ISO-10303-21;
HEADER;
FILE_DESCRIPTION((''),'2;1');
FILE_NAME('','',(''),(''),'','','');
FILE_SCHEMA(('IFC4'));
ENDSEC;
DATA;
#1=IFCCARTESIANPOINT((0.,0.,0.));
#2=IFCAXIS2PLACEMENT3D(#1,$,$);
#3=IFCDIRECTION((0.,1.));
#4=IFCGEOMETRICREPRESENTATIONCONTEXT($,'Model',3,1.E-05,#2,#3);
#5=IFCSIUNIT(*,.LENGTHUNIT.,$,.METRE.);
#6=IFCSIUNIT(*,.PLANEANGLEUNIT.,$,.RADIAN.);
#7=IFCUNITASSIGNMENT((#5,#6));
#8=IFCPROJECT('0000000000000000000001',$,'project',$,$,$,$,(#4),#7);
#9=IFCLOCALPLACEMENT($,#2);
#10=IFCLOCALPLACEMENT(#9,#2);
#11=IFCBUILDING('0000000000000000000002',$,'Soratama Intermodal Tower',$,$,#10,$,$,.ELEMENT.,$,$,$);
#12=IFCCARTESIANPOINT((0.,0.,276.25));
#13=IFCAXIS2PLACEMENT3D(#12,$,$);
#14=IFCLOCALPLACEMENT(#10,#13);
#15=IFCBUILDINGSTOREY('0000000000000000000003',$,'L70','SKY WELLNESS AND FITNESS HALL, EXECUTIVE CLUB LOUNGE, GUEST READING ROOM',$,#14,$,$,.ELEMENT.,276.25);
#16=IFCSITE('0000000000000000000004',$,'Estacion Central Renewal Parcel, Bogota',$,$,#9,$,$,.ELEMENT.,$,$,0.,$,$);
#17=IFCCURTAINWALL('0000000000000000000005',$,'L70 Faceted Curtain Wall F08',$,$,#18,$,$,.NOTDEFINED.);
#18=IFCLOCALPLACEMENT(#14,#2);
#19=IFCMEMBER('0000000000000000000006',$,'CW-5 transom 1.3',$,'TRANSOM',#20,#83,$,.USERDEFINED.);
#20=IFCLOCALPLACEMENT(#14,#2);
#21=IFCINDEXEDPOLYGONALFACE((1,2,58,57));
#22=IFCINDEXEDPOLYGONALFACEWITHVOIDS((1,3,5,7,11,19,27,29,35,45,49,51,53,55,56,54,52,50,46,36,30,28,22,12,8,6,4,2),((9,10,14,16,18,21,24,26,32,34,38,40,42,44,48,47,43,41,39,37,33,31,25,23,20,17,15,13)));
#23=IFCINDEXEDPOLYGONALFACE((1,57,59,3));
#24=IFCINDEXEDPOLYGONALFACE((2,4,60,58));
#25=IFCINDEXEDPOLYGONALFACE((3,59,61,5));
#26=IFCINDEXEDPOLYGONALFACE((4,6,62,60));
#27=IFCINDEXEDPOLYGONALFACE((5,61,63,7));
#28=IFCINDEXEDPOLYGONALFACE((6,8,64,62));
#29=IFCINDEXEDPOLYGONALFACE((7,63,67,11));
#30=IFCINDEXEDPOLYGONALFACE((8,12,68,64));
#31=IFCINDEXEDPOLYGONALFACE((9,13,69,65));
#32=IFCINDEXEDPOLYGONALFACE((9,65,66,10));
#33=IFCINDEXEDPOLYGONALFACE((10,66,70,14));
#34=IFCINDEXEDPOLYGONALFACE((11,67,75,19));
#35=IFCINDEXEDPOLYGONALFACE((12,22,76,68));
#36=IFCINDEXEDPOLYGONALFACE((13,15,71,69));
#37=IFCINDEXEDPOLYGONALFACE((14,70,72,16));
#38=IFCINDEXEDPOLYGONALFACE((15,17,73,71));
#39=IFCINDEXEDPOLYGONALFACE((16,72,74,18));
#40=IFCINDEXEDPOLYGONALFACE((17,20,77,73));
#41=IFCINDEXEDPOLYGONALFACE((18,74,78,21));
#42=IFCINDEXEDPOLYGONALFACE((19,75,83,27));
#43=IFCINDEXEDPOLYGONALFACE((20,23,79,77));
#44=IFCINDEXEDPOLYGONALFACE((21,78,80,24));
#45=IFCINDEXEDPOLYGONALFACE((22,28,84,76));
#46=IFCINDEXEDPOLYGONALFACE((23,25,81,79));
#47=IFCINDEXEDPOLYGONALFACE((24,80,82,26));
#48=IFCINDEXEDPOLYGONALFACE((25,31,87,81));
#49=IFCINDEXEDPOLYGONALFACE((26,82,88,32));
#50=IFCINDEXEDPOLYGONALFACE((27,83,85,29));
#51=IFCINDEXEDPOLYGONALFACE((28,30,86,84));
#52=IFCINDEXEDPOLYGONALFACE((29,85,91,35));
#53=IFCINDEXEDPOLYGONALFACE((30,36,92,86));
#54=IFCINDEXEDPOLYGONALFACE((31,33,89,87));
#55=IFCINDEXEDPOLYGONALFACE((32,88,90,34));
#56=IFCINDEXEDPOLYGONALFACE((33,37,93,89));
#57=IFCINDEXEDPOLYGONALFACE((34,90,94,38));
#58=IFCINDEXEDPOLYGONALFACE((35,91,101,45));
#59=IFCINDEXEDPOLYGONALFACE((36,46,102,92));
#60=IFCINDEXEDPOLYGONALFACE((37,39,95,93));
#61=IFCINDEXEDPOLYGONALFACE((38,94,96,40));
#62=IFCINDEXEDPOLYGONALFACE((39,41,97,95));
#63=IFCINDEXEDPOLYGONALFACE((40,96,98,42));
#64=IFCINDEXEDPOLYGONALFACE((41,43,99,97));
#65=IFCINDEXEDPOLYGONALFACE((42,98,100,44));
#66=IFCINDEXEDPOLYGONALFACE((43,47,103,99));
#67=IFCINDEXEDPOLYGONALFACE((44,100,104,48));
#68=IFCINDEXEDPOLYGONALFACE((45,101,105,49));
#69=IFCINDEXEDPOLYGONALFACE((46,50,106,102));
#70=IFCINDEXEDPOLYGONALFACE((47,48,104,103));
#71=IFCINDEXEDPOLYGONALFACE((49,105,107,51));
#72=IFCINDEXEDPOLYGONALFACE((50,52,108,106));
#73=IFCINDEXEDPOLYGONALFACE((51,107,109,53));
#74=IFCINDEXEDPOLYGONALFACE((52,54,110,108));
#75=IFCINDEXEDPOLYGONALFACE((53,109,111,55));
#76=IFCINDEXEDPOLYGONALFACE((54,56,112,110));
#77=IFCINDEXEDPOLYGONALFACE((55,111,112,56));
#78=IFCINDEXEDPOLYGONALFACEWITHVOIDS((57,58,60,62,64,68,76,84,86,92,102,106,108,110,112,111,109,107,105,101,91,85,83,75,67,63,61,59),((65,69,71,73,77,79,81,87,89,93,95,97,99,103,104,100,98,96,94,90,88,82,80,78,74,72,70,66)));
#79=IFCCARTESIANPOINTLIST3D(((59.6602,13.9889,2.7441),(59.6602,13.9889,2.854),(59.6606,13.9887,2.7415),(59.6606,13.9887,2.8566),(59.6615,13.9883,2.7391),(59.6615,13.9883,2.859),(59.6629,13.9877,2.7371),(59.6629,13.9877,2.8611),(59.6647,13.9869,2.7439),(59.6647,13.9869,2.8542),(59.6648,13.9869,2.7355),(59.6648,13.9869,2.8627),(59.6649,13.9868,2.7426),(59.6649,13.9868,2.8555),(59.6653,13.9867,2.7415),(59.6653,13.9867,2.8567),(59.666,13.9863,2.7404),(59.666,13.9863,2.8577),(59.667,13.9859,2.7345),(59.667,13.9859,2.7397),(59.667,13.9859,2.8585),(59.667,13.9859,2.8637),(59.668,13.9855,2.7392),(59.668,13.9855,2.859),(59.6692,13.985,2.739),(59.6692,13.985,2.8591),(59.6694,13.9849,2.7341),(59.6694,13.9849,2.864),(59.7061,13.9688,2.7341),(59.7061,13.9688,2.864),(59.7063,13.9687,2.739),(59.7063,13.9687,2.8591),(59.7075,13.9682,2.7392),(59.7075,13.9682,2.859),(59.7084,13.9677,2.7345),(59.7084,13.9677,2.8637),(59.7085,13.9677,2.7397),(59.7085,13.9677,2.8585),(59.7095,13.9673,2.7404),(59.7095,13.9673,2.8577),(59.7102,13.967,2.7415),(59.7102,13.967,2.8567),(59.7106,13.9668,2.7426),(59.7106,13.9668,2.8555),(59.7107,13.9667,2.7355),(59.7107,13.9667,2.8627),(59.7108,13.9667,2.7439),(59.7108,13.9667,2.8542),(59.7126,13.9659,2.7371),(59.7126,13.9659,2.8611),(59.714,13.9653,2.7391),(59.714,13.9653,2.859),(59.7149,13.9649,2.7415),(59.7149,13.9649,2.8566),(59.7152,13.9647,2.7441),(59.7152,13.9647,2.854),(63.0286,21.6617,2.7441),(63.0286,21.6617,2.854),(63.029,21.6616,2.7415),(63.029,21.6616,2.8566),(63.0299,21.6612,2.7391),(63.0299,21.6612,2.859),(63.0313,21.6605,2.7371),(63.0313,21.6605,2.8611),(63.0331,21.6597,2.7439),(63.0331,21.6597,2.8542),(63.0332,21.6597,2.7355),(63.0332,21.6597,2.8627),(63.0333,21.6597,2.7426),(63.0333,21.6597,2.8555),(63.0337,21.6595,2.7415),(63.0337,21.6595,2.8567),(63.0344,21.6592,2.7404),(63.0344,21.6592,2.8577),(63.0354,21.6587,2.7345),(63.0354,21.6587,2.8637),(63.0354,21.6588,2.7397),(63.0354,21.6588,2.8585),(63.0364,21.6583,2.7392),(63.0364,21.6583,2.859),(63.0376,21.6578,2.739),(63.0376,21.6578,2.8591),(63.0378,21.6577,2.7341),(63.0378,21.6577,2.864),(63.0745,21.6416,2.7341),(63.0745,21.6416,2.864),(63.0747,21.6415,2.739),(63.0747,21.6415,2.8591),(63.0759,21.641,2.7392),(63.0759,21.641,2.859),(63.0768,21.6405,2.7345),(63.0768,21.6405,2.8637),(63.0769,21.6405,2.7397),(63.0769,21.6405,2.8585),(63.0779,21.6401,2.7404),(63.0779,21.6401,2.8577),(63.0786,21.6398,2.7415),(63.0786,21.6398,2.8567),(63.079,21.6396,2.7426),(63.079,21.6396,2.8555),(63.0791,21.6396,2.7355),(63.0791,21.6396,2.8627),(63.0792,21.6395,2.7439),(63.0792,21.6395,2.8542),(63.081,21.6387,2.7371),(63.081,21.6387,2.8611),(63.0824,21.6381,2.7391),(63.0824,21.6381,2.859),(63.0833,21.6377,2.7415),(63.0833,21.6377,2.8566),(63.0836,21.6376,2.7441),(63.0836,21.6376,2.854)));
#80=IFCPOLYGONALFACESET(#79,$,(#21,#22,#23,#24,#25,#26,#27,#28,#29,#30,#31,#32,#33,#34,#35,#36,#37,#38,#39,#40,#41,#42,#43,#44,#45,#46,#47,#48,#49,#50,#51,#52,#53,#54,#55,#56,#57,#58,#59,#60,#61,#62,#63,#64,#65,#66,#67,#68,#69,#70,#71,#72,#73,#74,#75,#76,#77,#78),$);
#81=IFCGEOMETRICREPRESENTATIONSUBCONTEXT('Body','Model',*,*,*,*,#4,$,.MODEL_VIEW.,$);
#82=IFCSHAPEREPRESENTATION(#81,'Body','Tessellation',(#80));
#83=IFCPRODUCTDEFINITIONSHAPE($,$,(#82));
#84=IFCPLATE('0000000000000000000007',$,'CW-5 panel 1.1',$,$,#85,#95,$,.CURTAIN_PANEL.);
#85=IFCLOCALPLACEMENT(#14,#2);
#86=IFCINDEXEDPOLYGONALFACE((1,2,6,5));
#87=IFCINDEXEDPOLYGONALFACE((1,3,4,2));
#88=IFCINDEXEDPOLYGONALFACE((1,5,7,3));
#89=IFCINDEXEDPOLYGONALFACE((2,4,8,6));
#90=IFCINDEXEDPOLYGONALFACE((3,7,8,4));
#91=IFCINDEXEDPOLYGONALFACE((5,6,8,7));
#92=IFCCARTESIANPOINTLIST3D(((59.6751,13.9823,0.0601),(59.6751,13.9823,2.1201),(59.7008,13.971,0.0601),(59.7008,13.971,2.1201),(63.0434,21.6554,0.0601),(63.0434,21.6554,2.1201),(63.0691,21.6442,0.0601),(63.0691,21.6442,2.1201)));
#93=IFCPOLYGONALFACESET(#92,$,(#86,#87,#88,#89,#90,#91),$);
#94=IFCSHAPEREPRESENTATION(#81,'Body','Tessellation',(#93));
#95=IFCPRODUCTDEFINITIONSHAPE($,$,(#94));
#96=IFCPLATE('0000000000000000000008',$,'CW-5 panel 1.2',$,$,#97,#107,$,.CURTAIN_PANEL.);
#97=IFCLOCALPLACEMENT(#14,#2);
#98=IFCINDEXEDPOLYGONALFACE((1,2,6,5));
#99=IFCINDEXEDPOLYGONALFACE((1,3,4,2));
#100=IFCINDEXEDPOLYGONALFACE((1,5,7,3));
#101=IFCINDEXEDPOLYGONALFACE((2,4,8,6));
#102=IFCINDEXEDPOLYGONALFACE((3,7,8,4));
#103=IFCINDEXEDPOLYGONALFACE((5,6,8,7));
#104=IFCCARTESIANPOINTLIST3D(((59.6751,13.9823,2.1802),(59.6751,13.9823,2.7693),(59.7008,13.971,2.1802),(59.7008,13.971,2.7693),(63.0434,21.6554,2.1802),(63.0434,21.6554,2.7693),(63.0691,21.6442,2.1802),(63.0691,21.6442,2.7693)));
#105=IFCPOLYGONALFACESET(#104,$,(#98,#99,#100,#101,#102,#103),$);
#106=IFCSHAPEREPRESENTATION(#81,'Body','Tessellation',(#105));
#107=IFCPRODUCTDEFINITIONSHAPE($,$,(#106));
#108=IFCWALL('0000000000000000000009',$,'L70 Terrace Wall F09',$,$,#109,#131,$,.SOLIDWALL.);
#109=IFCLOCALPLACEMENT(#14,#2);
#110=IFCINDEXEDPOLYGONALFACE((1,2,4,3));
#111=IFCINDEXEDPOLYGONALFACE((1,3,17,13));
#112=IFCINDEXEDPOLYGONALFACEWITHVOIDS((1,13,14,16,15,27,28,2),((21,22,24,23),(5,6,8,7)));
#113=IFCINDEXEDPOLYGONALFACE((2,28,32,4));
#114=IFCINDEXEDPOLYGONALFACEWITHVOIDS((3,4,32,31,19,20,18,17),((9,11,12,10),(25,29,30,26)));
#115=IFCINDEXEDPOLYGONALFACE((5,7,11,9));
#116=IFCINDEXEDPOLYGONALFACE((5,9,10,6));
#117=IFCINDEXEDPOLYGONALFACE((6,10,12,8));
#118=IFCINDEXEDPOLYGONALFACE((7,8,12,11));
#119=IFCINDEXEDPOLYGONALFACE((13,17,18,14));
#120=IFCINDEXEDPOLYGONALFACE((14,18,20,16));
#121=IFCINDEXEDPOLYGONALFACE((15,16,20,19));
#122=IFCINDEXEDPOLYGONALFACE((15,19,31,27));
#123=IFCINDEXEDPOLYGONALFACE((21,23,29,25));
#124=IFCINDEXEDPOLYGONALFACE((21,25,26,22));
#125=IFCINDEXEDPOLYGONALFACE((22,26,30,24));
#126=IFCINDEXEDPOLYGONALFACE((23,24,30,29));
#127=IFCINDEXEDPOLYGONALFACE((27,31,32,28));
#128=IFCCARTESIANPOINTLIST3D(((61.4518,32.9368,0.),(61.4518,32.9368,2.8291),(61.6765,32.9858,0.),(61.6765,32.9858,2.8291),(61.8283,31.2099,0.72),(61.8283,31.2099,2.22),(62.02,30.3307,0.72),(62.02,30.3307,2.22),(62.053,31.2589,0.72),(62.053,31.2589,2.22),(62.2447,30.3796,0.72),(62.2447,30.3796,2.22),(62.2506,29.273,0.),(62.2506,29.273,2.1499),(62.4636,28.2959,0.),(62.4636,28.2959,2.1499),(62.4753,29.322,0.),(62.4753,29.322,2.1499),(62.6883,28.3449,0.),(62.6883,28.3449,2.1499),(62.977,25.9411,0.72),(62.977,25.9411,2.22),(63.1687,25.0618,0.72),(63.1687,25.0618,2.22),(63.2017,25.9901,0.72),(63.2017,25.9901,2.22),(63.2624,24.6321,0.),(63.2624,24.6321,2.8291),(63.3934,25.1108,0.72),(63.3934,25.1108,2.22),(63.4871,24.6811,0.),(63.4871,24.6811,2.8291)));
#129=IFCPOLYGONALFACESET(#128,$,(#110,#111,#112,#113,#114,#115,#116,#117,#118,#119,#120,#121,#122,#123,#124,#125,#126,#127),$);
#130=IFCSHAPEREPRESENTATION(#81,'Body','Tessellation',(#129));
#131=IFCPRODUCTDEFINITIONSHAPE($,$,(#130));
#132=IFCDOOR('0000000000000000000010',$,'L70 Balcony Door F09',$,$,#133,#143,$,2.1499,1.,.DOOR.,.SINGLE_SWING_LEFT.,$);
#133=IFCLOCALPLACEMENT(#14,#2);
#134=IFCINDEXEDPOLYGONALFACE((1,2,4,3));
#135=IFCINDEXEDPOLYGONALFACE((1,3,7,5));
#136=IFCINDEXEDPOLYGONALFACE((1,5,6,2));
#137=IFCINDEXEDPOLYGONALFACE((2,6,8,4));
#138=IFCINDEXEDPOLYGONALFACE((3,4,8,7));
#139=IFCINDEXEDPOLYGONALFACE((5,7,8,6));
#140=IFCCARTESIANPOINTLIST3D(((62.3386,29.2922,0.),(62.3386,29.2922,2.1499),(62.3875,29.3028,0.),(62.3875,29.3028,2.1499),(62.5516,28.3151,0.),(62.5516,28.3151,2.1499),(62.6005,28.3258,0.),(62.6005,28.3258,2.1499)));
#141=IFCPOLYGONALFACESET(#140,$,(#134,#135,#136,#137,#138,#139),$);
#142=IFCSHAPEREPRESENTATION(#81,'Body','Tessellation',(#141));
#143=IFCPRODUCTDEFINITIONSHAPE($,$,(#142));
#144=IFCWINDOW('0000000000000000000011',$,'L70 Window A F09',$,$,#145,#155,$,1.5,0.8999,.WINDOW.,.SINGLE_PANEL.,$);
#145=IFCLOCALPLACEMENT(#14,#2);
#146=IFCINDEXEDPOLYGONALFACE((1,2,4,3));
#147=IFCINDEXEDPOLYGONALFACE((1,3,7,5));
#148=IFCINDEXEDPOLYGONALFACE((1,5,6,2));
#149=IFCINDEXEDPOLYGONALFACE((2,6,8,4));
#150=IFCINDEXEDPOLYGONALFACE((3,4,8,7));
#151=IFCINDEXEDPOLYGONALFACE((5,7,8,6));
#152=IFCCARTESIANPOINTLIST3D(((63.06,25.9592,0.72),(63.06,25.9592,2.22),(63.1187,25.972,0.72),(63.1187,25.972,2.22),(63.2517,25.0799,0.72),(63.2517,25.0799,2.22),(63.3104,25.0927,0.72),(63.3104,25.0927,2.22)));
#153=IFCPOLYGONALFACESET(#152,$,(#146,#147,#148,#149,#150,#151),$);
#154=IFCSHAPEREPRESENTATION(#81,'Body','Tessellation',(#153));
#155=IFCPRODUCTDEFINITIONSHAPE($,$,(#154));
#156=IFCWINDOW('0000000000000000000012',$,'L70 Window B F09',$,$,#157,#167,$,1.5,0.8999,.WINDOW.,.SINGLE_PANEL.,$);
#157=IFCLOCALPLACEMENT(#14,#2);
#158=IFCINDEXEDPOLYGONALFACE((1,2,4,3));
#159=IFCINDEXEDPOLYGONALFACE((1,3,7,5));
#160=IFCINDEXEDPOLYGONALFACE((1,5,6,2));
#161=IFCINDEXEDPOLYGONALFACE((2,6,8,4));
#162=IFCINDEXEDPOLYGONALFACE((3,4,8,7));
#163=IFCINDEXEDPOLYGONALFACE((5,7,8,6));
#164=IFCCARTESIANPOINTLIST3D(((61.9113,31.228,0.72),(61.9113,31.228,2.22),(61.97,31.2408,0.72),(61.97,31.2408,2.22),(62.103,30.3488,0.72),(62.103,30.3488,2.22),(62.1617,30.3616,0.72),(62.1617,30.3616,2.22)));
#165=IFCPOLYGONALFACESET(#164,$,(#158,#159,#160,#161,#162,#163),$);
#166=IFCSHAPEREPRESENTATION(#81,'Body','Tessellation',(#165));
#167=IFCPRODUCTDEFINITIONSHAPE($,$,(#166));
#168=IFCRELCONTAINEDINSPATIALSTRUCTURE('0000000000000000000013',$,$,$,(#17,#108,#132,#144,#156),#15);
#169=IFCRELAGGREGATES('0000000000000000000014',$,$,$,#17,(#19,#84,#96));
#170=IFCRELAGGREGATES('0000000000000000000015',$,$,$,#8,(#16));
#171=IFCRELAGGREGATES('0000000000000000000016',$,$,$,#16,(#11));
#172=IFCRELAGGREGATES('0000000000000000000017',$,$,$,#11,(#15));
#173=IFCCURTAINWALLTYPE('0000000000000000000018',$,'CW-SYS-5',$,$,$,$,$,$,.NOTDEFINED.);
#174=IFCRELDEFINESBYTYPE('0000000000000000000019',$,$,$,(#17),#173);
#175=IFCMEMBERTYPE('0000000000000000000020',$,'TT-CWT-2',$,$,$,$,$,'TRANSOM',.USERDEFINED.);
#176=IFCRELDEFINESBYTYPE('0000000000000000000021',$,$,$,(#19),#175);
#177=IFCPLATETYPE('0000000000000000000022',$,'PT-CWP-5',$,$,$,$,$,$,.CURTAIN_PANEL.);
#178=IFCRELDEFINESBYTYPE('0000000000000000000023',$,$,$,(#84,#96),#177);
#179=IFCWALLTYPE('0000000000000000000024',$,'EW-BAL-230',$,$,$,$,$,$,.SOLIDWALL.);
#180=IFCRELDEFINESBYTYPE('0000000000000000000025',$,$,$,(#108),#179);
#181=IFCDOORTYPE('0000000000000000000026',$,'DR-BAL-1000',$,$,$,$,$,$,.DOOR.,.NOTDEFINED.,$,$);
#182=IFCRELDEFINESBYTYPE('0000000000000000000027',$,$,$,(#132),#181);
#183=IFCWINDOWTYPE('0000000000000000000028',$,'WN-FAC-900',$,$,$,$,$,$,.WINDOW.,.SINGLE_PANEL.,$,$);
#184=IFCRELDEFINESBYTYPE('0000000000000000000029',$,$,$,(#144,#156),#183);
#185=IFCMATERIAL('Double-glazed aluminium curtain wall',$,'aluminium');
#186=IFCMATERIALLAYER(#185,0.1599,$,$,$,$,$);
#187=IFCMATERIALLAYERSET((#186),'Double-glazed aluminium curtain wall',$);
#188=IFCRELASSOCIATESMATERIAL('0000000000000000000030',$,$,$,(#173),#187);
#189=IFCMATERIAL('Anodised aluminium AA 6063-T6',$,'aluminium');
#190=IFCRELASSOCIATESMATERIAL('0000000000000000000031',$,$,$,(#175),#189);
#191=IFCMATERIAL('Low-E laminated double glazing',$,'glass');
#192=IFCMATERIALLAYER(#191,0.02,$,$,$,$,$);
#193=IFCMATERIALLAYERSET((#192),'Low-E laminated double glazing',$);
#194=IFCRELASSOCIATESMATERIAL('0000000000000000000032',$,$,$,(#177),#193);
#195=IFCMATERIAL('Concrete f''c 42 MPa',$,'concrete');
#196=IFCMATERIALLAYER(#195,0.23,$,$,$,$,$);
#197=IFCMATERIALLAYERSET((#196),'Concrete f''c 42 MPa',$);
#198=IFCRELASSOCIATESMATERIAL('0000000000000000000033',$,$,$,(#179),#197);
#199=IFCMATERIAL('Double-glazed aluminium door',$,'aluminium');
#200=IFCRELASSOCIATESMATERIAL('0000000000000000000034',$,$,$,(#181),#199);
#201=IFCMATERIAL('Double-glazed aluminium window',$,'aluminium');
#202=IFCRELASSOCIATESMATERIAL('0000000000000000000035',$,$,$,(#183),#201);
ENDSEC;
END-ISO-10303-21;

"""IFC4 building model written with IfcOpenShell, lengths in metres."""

from ifc_helpers import new_model, si_unit, direction, frame, frame_2d, origin, origin_2d, place, context, subcontext, project, spatial, rectangle, hollow_rectangle, extrude, material, layer, layer_set, material_profile, profile_set, type_object, element, fill, aggregate, save


model = new_model("IFC4")

# Units and contexts
model_context = context("Model", 3, precision=1e-05, world=origin(), true_north=direction((0.0, 1.0)))
body_context = subcontext(model_context, "Body", "Model", "MODEL_VIEW")
ifc_project = project(units=[si_unit("LENGTHUNIT", "METRE"), si_unit("PLANEANGLEUNIT", "RADIAN")], contexts=[model_context])

# Site, building, storey
site_placement = place(None, origin())
site = spatial("IfcSite", under=ifc_project, at=site_placement, Name="Estacion Central Renewal Parcel, Bogota", CompositionType="ELEMENT", RefElevation=0.0)
building_placement = place(site_placement, origin())
building = spatial("IfcBuilding", under=site, at=building_placement, Name="Soratama Intermodal Tower", CompositionType="ELEMENT")
storey_placement = place(building_placement, frame((0.0, 0.0, 276.25)))
storey = spatial("IfcBuildingStorey", under=building, at=storey_placement, Name="L70", Description="SKY WELLNESS AND FITNESS HALL, EXECUTIVE CLUB LOUNGE, GUEST READING ROOM", CompositionType="ELEMENT", Elevation=276.25)

# Curtain wall, member, plates
ifc_material_1 = material(Name="Double-glazed aluminium curtain wall", Category="aluminium")
ifc_layer_1 = layer(ifc_material_1, 0.1599)
ifc_layer_set_1 = layer_set([ifc_layer_1], Name="Double-glazed aluminium curtain wall")
curtain_wall_type = type_object("IfcCurtainWallType", Name="CW-SYS-5", PredefinedType="NOTDEFINED", material=ifc_layer_set_1)
curtain_wall_placement = place(storey_placement, origin())
curtain_wall = element("IfcCurtainWall", 1, at=curtain_wall_placement, inside=storey, type_object=curtain_wall_type, Name="L70 Faceted Curtain Wall F08", PredefinedType="NOTDEFINED")
ifc_material_2 = material(Name="Anodised aluminium AA 6063-T6", Category="aluminium")
ifc_material_profile_1 = material_profile(ifc_material_2, hollow_rectangle(XDim=0.0601, YDim=0.1299, WallThickness=0.0049, InnerFilletRadius=0.0049, OuterFilletRadius=0.01, at=origin_2d()), Name="CWT130X60X5")
ifc_profile_set_1 = profile_set([ifc_material_profile_1], Name="Anodised aluminium AA 6063-T6")
member_type_1 = type_object("IfcMemberType", Name="TT-CWT-2", ElementType="TRANSOM", PredefinedType="USERDEFINED", material=ifc_profile_set_1)
member_1_placement = place(storey_placement, frame((59.6877, 13.9768, 2.7991), z_axis=(0.401974, 0.915651, 0.0), x_axis=(-0.915651, 0.401974, 0.0)))
member_1 = element("IfcMember", 2, at=member_1_placement, type_object=member_type_1, Name="CW-5 transom 1.3", ObjectType="TRANSOM", PredefinedType="USERDEFINED", context=body_context, shape_type="SweptSolid", body=[
    extrude(hollow_rectangle(XDim=0.0601, YDim=0.1299, WallThickness=0.0049, InnerFilletRadius=0.0049, OuterFilletRadius=0.01, at=origin_2d()), origin(), (0.0, 0.0, 1.0), 8.3796),
])
ifc_material_3 = material(Name="Low-E laminated double glazing", Category="glass")
ifc_layer_2 = layer(ifc_material_3, 0.02)
ifc_layer_set_2 = layer_set([ifc_layer_2], Name="Low-E laminated double glazing")
plate_type = type_object("IfcPlateType", Name="PT-CWP-5", PredefinedType="CURTAIN_PANEL", material=ifc_layer_set_2)
plate_1_placement = place(storey_placement, frame((61.3721, 17.8132, 0.0601), z_axis=(0.0, 0.0, 1.0), x_axis=(0.401952, 0.915661, 0.0)))
plate_1 = element("IfcPlate", 3, at=plate_1_placement, type_object=plate_type, Name="CW-5 panel 1.1", PredefinedType="CURTAIN_PANEL", context=body_context, shape_type="SweptSolid", body=[
    extrude(rectangle(XDim=8.3799, YDim=0.0281, at=origin_2d()), origin(), (0.0, 0.0, 1.0), 2.0601),
])
plate_2_placement = place(storey_placement, frame((61.3721, 17.8132, 2.1802), z_axis=(0.0, 0.0, 1.0), x_axis=(0.401952, 0.915661, 0.0)))
plate_2 = element("IfcPlate", 4, at=plate_2_placement, type_object=plate_type, Name="CW-5 panel 1.2", PredefinedType="CURTAIN_PANEL", context=body_context, shape_type="SweptSolid", body=[
    extrude(rectangle(XDim=8.3799, YDim=0.0281, at=origin_2d()), origin(), (0.0, 0.0, 1.0), 0.5891),
])
aggregate(curtain_wall, [member_1, plate_1, plate_2])

# Wall, openings, door, windows
ifc_material_4 = material(Name="Concrete f'c 42 MPa", Category="concrete")
ifc_layer_3 = layer(ifc_material_4, 0.23)
ifc_layer_set_3 = layer_set([ifc_layer_3], Name="Concrete f'c 42 MPa")
wall_type_1 = type_object("IfcWallType", Name="EW-BAL-230", PredefinedType="SOLIDWALL", material=ifc_layer_set_3)
wall_1_placement = place(storey_placement, frame((63.3748, 24.6565, 0.0), z_axis=(0.0, 0.0, 1.0), x_axis=(-0.213012, 0.97705, 0.0)))
wall_1 = element("IfcWall", 5, at=wall_1_placement, inside=storey, type_object=wall_type_1, Name="L70 Terrace Wall F09", PredefinedType="SOLIDWALL", context=body_context, shape_type="SweptSolid", body=[
    extrude(rectangle(XDim=8.4998, YDim=0.23, at=frame_2d((4.25, 0.0))), origin(), (0.0, 0.0, 1.0), 2.8291),
])
opening_1_placement = place(wall_1_placement, frame((3.75, 0.0, 0.0)))
opening_1 = element("IfcOpeningElement", 6, at=opening_1_placement, cuts=wall_1, PredefinedType="OPENING", context=body_context, shape_type="SweptSolid", body=[
    extrude(rectangle(XDim=1.0, YDim=2.1499, at=frame_2d((0.5, 1.075))), frame((0.0, 0.125, 0.0), z_axis=(0.0, -1.0, 0.0), x_axis=(1.0, 0.0, 0.0)), (0.0, 0.0, 1.0), 0.25),
])
opening_2_placement = place(wall_1_placement, frame((0.4399, 0.0, 0.72)))
opening_2 = element("IfcOpeningElement", 7, at=opening_2_placement, cuts=wall_1, PredefinedType="OPENING", context=body_context, shape_type="SweptSolid", body=[
    extrude(rectangle(XDim=0.8999, YDim=1.5, at=frame_2d((0.45, 0.75))), frame((0.0, 0.125, 0.0), z_axis=(0.0, -1.0, 0.0), x_axis=(1.0, 0.0, 0.0)), (0.0, 0.0, 1.0), 0.25),
])
opening_3_placement = place(wall_1_placement, frame((5.8325, 0.0, 0.72)))
opening_3 = element("IfcOpeningElement", 8, at=opening_3_placement, cuts=wall_1, PredefinedType="OPENING", context=body_context, shape_type="SweptSolid", body=[
    extrude(rectangle(XDim=0.8999, YDim=1.5, at=frame_2d((0.45, 0.75))), frame((0.0, 0.125, 0.0), z_axis=(0.0, -1.0, 0.0), x_axis=(1.0, 0.0, 0.0)), (0.0, 0.0, 1.0), 0.25),
])
ifc_material_5 = material(Name="Double-glazed aluminium door", Category="aluminium")
door_type_1 = type_object("IfcDoorType", Name="DR-BAL-1000", OperationType="NOTDEFINED", PredefinedType="DOOR", material=ifc_material_5)
door_1_placement = place(opening_1_placement, origin())
door_1 = element("IfcDoor", 9, at=door_1_placement, inside=storey, type_object=door_type_1, Name="L70 Balcony Door F09", OperationType="SINGLE_SWING_LEFT", OverallHeight=2.1499, OverallWidth=1.0, PredefinedType="DOOR", context=body_context, shape_type="SweptSolid", body=[
    extrude(rectangle(XDim=1.0, YDim=2.1499, at=frame_2d((0.5, 1.075))), frame((0.0, 0.0249, 0.0), z_axis=(0.0, -1.0, 0.0), x_axis=(1.0, 0.0, 0.0)), (0.0, 0.0, 1.0), 0.05),
])
fill(opening_1, door_1)
ifc_material_6 = material(Name="Double-glazed aluminium window", Category="aluminium")
window_type = type_object("IfcWindowType", Name="WN-FAC-900", PartitioningType="SINGLE_PANEL", PredefinedType="WINDOW", material=ifc_material_6)
window_1_placement = place(opening_2_placement, origin())
window_1 = element("IfcWindow", 10, at=window_1_placement, inside=storey, type_object=window_type, Name="L70 Window A F09", OverallHeight=1.5, OverallWidth=0.8999, PartitioningType="SINGLE_PANEL", PredefinedType="WINDOW", context=body_context, shape_type="SweptSolid", body=[
    extrude(rectangle(XDim=0.8999, YDim=1.5, at=frame_2d((0.45, 0.75))), frame((0.0, 0.03, 0.0), z_axis=(0.0, -1.0, 0.0), x_axis=(1.0, 0.0, 0.0)), (0.0, 0.0, 1.0), 0.0601),
])
fill(opening_2, window_1)
window_2_placement = place(opening_3_placement, origin())
window_2 = element("IfcWindow", 11, at=window_2_placement, inside=storey, type_object=window_type, Name="L70 Window B F09", OverallHeight=1.5, OverallWidth=0.8999, PartitioningType="SINGLE_PANEL", PredefinedType="WINDOW", context=body_context, shape_type="SweptSolid", body=[
    extrude(rectangle(XDim=0.8999, YDim=1.5, at=frame_2d((0.45, 0.75))), frame((0.0, 0.03, 0.0), z_axis=(0.0, -1.0, 0.0), x_axis=(1.0, 0.0, 0.0)), (0.0, 0.0, 1.0), 0.0601),
])
fill(opening_3, window_2)

save(model, "model.ifc")
